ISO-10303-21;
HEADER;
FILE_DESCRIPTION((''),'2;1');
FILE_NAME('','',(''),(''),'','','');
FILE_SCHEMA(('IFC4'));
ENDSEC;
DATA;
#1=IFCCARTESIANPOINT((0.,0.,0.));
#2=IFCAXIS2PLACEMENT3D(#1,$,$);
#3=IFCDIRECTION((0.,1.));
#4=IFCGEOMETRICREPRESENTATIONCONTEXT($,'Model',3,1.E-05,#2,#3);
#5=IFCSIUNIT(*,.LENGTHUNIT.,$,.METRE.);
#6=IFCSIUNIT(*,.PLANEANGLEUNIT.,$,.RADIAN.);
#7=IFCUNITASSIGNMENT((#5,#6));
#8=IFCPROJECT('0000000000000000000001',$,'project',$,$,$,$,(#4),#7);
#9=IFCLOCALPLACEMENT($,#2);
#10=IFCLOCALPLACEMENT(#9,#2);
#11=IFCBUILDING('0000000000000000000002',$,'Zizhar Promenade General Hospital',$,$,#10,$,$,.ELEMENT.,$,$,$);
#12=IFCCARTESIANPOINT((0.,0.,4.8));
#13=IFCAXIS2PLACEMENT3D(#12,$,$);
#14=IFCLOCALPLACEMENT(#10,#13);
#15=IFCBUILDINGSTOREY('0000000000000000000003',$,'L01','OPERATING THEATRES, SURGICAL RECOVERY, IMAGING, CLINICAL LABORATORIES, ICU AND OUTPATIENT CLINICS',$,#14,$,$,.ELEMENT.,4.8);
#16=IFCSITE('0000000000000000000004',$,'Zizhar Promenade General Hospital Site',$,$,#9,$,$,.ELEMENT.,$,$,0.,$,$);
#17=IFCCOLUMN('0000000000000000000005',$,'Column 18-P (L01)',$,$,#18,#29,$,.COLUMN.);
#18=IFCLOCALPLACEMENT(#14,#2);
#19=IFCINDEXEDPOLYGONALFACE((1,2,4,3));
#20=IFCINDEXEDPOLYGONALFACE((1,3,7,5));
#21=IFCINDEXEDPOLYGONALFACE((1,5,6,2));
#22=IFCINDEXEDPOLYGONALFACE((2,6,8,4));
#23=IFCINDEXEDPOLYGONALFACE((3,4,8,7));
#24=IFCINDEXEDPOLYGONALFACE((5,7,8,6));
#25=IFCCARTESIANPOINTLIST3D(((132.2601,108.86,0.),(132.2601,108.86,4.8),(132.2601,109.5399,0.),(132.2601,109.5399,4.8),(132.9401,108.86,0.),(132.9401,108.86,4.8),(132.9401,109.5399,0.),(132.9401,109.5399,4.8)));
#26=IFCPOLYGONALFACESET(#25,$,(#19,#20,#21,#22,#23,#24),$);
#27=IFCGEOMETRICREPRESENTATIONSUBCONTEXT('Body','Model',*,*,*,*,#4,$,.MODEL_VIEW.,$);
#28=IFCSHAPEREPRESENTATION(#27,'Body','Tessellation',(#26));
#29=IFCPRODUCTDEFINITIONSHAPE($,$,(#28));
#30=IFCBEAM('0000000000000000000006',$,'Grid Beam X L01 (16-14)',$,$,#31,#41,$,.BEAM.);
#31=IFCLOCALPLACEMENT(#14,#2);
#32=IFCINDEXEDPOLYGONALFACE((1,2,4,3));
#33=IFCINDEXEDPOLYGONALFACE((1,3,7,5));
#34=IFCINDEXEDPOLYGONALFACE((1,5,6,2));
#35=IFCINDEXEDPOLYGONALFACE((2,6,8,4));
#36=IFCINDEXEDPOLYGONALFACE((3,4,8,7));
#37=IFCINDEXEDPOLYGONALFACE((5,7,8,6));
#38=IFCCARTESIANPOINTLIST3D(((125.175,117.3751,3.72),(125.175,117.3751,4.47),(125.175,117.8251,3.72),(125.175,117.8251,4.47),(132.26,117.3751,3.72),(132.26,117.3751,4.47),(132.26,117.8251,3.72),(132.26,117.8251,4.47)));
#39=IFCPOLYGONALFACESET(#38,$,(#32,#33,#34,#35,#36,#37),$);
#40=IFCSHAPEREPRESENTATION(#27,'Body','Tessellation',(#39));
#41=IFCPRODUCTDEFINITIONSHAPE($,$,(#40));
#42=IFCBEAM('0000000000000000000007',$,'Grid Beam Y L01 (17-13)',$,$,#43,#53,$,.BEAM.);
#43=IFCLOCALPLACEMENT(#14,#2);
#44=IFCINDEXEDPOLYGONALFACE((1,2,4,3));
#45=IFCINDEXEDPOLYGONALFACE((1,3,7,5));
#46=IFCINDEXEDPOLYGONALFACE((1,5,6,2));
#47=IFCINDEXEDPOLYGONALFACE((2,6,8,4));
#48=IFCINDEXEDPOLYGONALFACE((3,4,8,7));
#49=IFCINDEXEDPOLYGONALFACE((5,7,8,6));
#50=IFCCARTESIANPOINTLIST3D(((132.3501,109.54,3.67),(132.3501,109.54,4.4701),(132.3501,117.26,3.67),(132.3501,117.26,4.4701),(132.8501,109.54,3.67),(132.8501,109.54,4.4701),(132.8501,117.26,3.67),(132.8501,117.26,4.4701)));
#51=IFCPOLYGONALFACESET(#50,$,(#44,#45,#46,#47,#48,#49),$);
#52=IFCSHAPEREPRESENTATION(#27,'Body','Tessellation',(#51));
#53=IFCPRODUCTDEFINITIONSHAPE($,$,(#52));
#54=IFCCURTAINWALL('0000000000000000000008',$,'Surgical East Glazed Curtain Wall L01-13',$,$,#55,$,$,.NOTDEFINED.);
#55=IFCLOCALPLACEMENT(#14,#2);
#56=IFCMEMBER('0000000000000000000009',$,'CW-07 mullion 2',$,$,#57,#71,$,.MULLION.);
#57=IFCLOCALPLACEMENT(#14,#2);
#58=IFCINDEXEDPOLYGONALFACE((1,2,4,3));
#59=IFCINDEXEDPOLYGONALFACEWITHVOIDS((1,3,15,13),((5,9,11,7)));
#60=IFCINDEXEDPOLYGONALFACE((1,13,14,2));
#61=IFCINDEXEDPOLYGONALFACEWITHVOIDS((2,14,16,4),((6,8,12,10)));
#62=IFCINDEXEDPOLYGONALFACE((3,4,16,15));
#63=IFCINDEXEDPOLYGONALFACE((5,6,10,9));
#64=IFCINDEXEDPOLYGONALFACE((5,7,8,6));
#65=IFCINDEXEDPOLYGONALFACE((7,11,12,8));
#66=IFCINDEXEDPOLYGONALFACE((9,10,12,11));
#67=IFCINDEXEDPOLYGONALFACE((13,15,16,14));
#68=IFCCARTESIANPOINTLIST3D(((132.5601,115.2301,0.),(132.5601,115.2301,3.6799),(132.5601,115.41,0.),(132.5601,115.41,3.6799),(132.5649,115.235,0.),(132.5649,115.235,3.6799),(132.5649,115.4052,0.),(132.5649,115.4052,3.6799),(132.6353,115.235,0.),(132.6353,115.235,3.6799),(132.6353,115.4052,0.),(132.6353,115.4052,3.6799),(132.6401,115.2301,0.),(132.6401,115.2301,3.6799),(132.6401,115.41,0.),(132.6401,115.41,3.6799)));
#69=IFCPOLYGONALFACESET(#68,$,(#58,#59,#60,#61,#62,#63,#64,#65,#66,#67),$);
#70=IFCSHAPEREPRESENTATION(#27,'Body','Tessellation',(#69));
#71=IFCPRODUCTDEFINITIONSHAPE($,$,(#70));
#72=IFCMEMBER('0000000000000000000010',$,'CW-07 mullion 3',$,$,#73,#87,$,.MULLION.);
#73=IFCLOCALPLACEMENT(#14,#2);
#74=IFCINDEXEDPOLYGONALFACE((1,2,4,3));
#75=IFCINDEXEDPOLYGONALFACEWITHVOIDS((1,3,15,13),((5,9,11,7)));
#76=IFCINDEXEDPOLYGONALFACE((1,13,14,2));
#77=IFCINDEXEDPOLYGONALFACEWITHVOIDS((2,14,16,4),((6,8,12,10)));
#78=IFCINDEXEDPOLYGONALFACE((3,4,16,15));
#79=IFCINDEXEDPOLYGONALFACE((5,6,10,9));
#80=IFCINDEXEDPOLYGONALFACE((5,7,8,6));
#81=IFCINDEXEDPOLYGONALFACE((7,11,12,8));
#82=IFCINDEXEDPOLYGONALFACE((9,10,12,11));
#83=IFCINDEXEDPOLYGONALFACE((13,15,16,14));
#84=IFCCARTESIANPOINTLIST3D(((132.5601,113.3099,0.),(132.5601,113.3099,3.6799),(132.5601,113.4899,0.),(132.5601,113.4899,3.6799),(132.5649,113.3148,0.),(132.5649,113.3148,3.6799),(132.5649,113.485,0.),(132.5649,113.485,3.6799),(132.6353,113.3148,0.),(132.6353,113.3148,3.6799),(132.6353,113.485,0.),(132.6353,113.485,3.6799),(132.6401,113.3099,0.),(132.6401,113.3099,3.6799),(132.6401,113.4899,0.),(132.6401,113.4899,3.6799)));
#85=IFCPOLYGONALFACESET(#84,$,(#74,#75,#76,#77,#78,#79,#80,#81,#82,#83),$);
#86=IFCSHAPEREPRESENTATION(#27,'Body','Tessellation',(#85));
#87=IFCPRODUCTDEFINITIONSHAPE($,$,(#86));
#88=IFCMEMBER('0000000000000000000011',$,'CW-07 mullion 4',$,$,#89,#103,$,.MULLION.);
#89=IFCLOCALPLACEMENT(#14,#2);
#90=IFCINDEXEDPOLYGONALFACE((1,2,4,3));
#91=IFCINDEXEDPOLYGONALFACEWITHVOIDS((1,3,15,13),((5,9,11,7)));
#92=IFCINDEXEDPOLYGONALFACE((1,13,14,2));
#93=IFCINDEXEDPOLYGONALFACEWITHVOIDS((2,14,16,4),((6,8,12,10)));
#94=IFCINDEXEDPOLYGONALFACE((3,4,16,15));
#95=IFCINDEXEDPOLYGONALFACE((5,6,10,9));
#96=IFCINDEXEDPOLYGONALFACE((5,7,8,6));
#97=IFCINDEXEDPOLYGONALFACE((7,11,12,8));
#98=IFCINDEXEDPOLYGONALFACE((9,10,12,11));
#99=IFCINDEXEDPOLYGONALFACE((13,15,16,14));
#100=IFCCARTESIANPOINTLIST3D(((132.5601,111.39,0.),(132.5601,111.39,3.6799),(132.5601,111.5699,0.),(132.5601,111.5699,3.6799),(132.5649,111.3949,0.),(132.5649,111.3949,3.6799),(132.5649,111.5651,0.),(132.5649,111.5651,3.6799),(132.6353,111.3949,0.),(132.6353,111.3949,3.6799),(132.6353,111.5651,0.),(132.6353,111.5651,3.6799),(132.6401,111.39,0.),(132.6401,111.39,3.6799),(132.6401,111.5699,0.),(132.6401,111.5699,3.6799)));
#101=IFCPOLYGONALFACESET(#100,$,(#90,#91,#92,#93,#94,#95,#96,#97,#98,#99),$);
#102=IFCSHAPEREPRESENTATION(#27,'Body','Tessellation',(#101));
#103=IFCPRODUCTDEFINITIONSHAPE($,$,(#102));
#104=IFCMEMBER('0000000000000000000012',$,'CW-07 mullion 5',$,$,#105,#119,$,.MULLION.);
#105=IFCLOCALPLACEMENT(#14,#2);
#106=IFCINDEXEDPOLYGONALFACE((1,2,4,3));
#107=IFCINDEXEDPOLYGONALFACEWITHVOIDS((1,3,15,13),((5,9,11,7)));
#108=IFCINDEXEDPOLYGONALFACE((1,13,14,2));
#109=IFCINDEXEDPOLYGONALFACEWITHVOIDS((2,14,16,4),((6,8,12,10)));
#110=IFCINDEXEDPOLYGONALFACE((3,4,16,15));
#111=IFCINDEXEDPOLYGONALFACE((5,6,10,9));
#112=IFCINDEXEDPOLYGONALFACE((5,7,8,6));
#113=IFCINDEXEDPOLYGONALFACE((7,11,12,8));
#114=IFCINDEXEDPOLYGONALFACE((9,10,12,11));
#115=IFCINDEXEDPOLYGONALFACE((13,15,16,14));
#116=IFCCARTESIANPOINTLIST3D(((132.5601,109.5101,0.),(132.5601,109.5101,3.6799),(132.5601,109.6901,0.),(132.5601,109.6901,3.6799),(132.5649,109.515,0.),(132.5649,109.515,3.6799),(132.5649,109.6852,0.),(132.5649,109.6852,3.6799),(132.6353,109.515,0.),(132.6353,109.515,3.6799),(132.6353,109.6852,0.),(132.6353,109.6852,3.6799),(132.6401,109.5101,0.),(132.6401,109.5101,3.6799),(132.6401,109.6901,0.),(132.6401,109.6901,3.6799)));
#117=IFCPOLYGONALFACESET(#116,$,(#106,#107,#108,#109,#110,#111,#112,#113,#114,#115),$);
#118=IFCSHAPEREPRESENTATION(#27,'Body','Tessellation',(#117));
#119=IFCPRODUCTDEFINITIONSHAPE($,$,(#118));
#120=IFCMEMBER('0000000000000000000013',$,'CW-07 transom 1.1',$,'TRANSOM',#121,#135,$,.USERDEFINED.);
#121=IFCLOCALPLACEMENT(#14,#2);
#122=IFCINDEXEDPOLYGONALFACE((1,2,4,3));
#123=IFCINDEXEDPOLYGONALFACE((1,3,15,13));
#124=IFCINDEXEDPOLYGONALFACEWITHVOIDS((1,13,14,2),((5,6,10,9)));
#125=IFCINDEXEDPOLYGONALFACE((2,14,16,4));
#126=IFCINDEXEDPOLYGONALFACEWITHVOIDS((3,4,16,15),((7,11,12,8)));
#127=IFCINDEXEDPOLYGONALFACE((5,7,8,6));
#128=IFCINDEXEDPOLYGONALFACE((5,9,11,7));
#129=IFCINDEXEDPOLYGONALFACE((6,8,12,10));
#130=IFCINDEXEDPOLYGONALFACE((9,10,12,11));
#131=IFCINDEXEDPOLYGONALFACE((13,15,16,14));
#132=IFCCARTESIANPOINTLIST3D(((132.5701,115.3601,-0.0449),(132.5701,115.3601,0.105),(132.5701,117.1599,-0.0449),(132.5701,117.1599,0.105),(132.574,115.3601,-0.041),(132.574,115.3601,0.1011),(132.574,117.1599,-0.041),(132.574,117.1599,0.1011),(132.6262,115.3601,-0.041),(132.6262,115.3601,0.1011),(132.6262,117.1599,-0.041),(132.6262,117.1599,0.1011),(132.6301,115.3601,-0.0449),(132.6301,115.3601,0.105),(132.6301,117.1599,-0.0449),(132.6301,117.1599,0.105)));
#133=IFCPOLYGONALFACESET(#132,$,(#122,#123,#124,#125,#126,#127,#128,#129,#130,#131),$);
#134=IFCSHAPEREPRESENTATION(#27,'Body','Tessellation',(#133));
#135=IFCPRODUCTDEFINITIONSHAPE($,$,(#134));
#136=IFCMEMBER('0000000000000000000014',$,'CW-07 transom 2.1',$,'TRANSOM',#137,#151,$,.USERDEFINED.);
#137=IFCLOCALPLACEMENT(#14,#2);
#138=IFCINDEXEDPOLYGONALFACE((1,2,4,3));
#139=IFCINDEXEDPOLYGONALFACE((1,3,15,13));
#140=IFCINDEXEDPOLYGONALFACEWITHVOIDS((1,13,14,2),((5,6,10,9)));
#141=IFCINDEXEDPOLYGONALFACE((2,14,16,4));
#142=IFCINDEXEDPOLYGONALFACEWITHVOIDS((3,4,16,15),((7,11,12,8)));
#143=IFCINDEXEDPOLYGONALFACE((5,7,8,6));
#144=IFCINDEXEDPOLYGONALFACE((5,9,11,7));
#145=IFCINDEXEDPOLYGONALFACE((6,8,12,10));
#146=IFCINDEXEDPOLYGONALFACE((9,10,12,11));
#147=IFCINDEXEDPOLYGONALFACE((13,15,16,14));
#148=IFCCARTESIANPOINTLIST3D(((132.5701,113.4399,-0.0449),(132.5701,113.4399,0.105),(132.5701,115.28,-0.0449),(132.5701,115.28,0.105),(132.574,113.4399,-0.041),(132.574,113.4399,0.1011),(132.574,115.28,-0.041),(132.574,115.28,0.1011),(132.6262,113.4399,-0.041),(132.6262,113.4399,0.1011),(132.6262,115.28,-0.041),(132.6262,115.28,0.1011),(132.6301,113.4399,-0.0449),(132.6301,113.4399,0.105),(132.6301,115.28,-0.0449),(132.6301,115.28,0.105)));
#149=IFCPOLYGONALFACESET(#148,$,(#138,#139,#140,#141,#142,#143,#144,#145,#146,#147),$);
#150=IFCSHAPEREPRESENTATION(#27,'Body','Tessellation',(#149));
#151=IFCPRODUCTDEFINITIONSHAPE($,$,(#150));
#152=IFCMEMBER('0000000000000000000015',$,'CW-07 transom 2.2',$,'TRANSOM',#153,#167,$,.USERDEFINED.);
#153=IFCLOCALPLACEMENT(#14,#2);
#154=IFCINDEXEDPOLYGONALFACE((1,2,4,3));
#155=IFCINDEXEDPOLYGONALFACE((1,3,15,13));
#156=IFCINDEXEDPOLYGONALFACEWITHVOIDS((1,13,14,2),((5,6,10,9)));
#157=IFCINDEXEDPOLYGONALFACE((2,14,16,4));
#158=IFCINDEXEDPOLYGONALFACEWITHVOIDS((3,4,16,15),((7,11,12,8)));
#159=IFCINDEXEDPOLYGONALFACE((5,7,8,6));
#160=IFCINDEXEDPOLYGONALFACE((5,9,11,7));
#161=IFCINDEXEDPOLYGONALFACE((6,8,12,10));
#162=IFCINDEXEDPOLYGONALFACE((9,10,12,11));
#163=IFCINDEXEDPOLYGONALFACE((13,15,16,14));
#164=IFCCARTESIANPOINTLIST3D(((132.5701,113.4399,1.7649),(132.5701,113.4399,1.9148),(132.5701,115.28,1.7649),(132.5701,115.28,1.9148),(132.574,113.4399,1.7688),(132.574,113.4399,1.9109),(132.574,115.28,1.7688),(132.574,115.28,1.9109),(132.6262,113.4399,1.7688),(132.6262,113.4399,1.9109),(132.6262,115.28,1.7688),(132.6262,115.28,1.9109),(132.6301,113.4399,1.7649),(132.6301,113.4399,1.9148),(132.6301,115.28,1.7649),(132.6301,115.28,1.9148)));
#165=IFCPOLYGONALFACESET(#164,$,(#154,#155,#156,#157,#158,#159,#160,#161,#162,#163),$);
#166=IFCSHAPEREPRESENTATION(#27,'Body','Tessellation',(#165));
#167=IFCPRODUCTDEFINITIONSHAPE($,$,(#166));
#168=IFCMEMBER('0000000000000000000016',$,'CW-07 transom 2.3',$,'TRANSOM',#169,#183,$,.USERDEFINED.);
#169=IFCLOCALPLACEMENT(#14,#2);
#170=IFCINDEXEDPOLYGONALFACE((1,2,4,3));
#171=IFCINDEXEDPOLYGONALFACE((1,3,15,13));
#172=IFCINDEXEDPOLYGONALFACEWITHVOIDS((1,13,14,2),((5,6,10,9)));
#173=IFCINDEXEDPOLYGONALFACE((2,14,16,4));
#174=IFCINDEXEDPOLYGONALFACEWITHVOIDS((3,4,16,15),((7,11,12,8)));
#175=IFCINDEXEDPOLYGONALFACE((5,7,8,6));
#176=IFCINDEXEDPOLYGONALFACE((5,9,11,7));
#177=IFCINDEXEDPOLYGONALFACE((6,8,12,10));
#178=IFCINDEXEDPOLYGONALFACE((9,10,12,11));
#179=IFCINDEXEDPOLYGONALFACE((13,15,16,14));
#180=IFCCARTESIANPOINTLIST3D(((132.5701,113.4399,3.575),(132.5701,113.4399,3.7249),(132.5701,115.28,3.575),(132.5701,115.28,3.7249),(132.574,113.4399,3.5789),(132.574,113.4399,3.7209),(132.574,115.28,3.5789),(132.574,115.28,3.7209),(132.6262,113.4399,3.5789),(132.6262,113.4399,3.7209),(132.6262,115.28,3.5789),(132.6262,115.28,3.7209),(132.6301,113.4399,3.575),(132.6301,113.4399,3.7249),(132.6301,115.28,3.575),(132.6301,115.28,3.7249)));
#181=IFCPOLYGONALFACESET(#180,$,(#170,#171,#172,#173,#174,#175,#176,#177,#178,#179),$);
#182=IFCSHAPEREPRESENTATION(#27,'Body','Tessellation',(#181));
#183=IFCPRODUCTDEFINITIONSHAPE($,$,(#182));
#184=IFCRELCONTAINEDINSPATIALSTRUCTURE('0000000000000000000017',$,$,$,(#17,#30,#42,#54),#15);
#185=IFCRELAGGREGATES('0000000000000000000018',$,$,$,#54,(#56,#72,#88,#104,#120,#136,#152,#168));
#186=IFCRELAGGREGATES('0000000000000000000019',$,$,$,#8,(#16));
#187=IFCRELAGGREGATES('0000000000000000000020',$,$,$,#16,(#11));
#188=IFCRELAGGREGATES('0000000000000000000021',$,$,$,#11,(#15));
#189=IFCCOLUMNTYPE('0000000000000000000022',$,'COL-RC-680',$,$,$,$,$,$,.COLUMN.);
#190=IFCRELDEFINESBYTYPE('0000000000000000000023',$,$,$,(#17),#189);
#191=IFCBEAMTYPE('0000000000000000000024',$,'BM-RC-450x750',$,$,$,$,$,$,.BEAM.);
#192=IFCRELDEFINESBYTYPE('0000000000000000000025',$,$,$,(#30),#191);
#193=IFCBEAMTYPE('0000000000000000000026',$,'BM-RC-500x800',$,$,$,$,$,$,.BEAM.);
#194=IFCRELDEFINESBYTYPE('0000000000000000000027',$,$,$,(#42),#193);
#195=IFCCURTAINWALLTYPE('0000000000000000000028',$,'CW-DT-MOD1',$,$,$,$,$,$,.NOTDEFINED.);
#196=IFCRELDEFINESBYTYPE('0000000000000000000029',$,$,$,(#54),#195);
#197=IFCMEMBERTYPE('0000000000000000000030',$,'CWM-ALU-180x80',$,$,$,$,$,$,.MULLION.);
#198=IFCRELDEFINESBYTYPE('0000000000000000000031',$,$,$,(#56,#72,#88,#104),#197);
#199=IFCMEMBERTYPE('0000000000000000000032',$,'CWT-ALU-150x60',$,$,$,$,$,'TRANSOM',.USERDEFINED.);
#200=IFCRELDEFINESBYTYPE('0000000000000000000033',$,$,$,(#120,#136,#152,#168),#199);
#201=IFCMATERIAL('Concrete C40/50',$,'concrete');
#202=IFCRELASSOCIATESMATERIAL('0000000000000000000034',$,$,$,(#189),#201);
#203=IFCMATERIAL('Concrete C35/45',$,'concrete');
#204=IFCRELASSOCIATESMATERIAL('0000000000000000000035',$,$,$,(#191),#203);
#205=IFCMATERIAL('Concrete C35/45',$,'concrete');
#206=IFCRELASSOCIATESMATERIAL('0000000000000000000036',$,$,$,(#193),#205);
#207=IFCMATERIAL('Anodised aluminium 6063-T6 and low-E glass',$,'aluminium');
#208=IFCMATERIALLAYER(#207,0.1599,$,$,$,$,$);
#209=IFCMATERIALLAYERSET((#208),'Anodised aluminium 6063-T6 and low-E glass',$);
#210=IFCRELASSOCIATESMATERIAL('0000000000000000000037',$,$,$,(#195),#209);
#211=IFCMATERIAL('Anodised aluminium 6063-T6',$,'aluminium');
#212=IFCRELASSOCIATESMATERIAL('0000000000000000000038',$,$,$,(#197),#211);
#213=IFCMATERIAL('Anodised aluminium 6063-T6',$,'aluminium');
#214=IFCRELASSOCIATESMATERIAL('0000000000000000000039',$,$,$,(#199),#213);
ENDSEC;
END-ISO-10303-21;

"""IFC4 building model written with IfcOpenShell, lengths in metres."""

from ifc_helpers import new_model, si_unit, direction, frame, origin, origin_2d, place, context, subcontext, project, spatial, rectangle, hollow_rectangle, extrude, material, layer, layer_set, material_profile, profile_set, type_object, element, aggregate, save


model = new_model("IFC4")

# Units and contexts
model_context = context("Model", 3, precision=1e-05, world=origin(), true_north=direction((0.0, 1.0)))
body_context = subcontext(model_context, "Body", "Model", "MODEL_VIEW")
ifc_project = project(units=[si_unit("LENGTHUNIT", "METRE"), si_unit("PLANEANGLEUNIT", "RADIAN")], contexts=[model_context])

# Site, building, storey
site_placement = place(None, origin())
site = spatial("IfcSite", under=ifc_project, at=site_placement, Name="Zizhar Promenade General Hospital Site", CompositionType="ELEMENT", RefElevation=0.0)
building_placement = place(site_placement, origin())
building = spatial("IfcBuilding", under=site, at=building_placement, Name="Zizhar Promenade General Hospital", CompositionType="ELEMENT")
storey_placement = place(building_placement, frame((0.0, 0.0, 4.8)))
storey = spatial("IfcBuildingStorey", under=building, at=storey_placement, Name="L01", Description="OPERATING THEATRES, SURGICAL RECOVERY, IMAGING, CLINICAL LABORATORIES, ICU AND OUTPATIENT CLINICS", CompositionType="ELEMENT", Elevation=4.8)

# Column
ifc_material_1 = material(Name="Concrete C40/50", Category="concrete")
ifc_material_profile_1 = material_profile(ifc_material_1, rectangle(XDim=0.6799, YDim=0.6799, at=origin_2d()))
ifc_profile_set_1 = profile_set([ifc_material_profile_1], Name="Concrete C40/50")
column_type = type_object("IfcColumnType", Name="COL-RC-680", PredefinedType="COLUMN", material=ifc_profile_set_1)
column_placement = place(storey_placement, frame((132.6001, 109.2, 0.0), z_axis=(0.0, 0.0, 1.0), x_axis=(1.0, 0.0, 0.0)))
element("IfcColumn", 1, at=column_placement, inside=storey, type_object=column_type, Name="Column 18-P (L01)", PredefinedType="COLUMN", context=body_context, shape_type="SweptSolid", body=[
    extrude(rectangle(XDim=0.6799, YDim=0.6799, at=origin_2d()), origin(), (0.0, 0.0, 1.0), 4.8),
])

# Beams
ifc_material_2 = material(Name="Concrete C35/45", Category="concrete")
ifc_material_profile_2 = material_profile(ifc_material_2, rectangle(XDim=0.45, YDim=0.75, at=origin_2d()))
ifc_profile_set_2 = profile_set([ifc_material_profile_2], Name="Concrete C35/45")
beam_type_1 = type_object("IfcBeamType", Name="BM-RC-450x750", PredefinedType="BEAM", material=ifc_profile_set_2)
beam_1_placement = place(storey_placement, frame((125.175, 117.6001, 4.095), z_axis=(1.0, 0.0, 0.0), x_axis=(0.0, 1.0, 0.0)))
element("IfcBeam", 2, at=beam_1_placement, inside=storey, type_object=beam_type_1, Name="Grid Beam X L01 (16-14)", PredefinedType="BEAM", context=body_context, shape_type="SweptSolid", body=[
    extrude(rectangle(XDim=0.45, YDim=0.75, at=origin_2d()), origin(), (0.0, 0.0, 1.0), 7.085),
])
ifc_material_3 = material(Name="Concrete C35/45", Category="concrete")
ifc_material_profile_3 = material_profile(ifc_material_3, rectangle(XDim=0.5, YDim=0.8, at=origin_2d()))
ifc_profile_set_3 = profile_set([ifc_material_profile_3], Name="Concrete C35/45")
beam_type_2 = type_object("IfcBeamType", Name="BM-RC-500x800", PredefinedType="BEAM", material=ifc_profile_set_3)
beam_2_placement = place(storey_placement, frame((132.6001, 109.54, 4.0701), z_axis=(0.0, 1.0, 0.0), x_axis=(-1.0, 0.0, 0.0)))
element("IfcBeam", 3, at=beam_2_placement, inside=storey, type_object=beam_type_2, Name="Grid Beam Y L01 (17-13)", PredefinedType="BEAM", context=body_context, shape_type="SweptSolid", body=[
    extrude(rectangle(XDim=0.5, YDim=0.8, at=origin_2d()), origin(), (0.0, 0.0, 1.0), 7.72),
])

# Curtain wall, members
ifc_material_4 = material(Name="Anodised aluminium 6063-T6 and low-E glass", Category="aluminium")
ifc_layer_1 = layer(ifc_material_4, 0.1599)
ifc_layer_set_1 = layer_set([ifc_layer_1], Name="Anodised aluminium 6063-T6 and low-E glass")
curtain_wall_type = type_object("IfcCurtainWallType", Name="CW-DT-MOD1", PredefinedType="NOTDEFINED", material=ifc_layer_set_1)
curtain_wall_placement = place(storey_placement, origin())
curtain_wall = element("IfcCurtainWall", 4, at=curtain_wall_placement, inside=storey, type_object=curtain_wall_type, Name="Surgical East Glazed Curtain Wall L01-13", PredefinedType="NOTDEFINED")
ifc_material_5 = material(Name="Anodised aluminium 6063-T6", Category="aluminium")
ifc_material_profile_4 = material_profile(ifc_material_5, hollow_rectangle(XDim=0.0801, YDim=0.1799, WallThickness=0.0049, at=origin_2d()))
ifc_profile_set_4 = profile_set([ifc_material_profile_4], Name="Anodised aluminium 6063-T6")
member_type_1 = type_object("IfcMemberType", Name="CWM-ALU-180x80", PredefinedType="MULLION", material=ifc_profile_set_4)
member_1_placement = place(storey_placement, frame((132.6001, 115.3201, 0.0), z_axis=(0.0, 0.0, 1.0), x_axis=(1.0, 0.0, 0.0)))
member_1 = element("IfcMember", 5, at=member_1_placement, type_object=member_type_1, Name="CW-07 mullion 2", PredefinedType="MULLION", context=body_context, shape_type="SweptSolid", body=[
    extrude(hollow_rectangle(XDim=0.0801, YDim=0.1799, WallThickness=0.0049, at=origin_2d()), origin(), (0.0, 0.0, 1.0), 3.6799),
])
member_2_placement = place(storey_placement, frame((132.6001, 113.3999, 0.0), z_axis=(0.0, 0.0, 1.0), x_axis=(1.0, 0.0, 0.0)))
member_2 = element("IfcMember", 6, at=member_2_placement, type_object=member_type_1, Name="CW-07 mullion 3", PredefinedType="MULLION", context=body_context, shape_type="SweptSolid", body=[
    extrude(hollow_rectangle(XDim=0.0801, YDim=0.1799, WallThickness=0.0049, at=origin_2d()), origin(), (0.0, 0.0, 1.0), 3.6799),
])
member_3_placement = place(storey_placement, frame((132.6001, 111.48, 0.0), z_axis=(0.0, 0.0, 1.0), x_axis=(1.0, 0.0, 0.0)))
member_3 = element("IfcMember", 7, at=member_3_placement, type_object=member_type_1, Name="CW-07 mullion 4", PredefinedType="MULLION", context=body_context, shape_type="SweptSolid", body=[
    extrude(hollow_rectangle(XDim=0.0801, YDim=0.1799, WallThickness=0.0049, at=origin_2d()), origin(), (0.0, 0.0, 1.0), 3.6799),
])
member_4_placement = place(storey_placement, frame((132.6001, 109.6001, 0.0), z_axis=(0.0, 0.0, 1.0), x_axis=(1.0, 0.0, 0.0)))
member_4 = element("IfcMember", 8, at=member_4_placement, type_object=member_type_1, Name="CW-07 mullion 5", PredefinedType="MULLION", context=body_context, shape_type="SweptSolid", body=[
    extrude(hollow_rectangle(XDim=0.0801, YDim=0.1799, WallThickness=0.0049, at=origin_2d()), origin(), (0.0, 0.0, 1.0), 3.6799),
])
ifc_material_6 = material(Name="Anodised aluminium 6063-T6", Category="aluminium")
ifc_material_profile_5 = material_profile(ifc_material_6, hollow_rectangle(XDim=0.0601, YDim=0.1499, WallThickness=0.0039, at=origin_2d()))
ifc_profile_set_5 = profile_set([ifc_material_profile_5], Name="Anodised aluminium 6063-T6")
member_type_2 = type_object("IfcMemberType", Name="CWT-ALU-150x60", ElementType="TRANSOM", PredefinedType="USERDEFINED", material=ifc_profile_set_5)
member_5_placement = place(storey_placement, frame((132.6001, 117.1599, 0.03), z_axis=(0.0, -1.0, 0.0), x_axis=(1.0, 0.0, 0.0)))
member_5 = element("IfcMember", 9, at=member_5_placement, type_object=member_type_2, Name="CW-07 transom 1.1", ObjectType="TRANSOM", PredefinedType="USERDEFINED", context=body_context, shape_type="SweptSolid", body=[
    extrude(hollow_rectangle(XDim=0.0601, YDim=0.1499, WallThickness=0.0039, at=origin_2d()), origin(), (0.0, 0.0, 1.0), 1.7998),
])
member_6_placement = place(storey_placement, frame((132.6001, 115.28, 0.03), z_axis=(0.0, -1.0, 0.0), x_axis=(1.0, 0.0, 0.0)))
member_6 = element("IfcMember", 10, at=member_6_placement, type_object=member_type_2, Name="CW-07 transom 2.1", ObjectType="TRANSOM", PredefinedType="USERDEFINED", context=body_context, shape_type="SweptSolid", body=[
    extrude(hollow_rectangle(XDim=0.0601, YDim=0.1499, WallThickness=0.0039, at=origin_2d()), origin(), (0.0, 0.0, 1.0), 1.8401),
])
member_7_placement = place(storey_placement, frame((132.6001, 115.28, 1.8398), z_axis=(0.0, -1.0, 0.0), x_axis=(1.0, 0.0, 0.0)))
member_7 = element("IfcMember", 11, at=member_7_placement, type_object=member_type_2, Name="CW-07 transom 2.2", ObjectType="TRANSOM", PredefinedType="USERDEFINED", context=body_context, shape_type="SweptSolid", body=[
    extrude(hollow_rectangle(XDim=0.0601, YDim=0.1499, WallThickness=0.0039, at=origin_2d()), origin(), (0.0, 0.0, 1.0), 1.8401),
])
member_8_placement = place(storey_placement, frame((132.6001, 115.28, 3.6499), z_axis=(0.0, -1.0, 0.0), x_axis=(1.0, 0.0, 0.0)))
member_8 = element("IfcMember", 12, at=member_8_placement, type_object=member_type_2, Name="CW-07 transom 2.3", ObjectType="TRANSOM", PredefinedType="USERDEFINED", context=body_context, shape_type="SweptSolid", body=[
    extrude(hollow_rectangle(XDim=0.0601, YDim=0.1499, WallThickness=0.0039, at=origin_2d()), origin(), (0.0, 0.0, 1.0), 1.8401),
])
aggregate(curtain_wall, [member_1, member_2, member_3, member_4, member_5, member_6, member_7, member_8])

save(model, "model.ifc")
